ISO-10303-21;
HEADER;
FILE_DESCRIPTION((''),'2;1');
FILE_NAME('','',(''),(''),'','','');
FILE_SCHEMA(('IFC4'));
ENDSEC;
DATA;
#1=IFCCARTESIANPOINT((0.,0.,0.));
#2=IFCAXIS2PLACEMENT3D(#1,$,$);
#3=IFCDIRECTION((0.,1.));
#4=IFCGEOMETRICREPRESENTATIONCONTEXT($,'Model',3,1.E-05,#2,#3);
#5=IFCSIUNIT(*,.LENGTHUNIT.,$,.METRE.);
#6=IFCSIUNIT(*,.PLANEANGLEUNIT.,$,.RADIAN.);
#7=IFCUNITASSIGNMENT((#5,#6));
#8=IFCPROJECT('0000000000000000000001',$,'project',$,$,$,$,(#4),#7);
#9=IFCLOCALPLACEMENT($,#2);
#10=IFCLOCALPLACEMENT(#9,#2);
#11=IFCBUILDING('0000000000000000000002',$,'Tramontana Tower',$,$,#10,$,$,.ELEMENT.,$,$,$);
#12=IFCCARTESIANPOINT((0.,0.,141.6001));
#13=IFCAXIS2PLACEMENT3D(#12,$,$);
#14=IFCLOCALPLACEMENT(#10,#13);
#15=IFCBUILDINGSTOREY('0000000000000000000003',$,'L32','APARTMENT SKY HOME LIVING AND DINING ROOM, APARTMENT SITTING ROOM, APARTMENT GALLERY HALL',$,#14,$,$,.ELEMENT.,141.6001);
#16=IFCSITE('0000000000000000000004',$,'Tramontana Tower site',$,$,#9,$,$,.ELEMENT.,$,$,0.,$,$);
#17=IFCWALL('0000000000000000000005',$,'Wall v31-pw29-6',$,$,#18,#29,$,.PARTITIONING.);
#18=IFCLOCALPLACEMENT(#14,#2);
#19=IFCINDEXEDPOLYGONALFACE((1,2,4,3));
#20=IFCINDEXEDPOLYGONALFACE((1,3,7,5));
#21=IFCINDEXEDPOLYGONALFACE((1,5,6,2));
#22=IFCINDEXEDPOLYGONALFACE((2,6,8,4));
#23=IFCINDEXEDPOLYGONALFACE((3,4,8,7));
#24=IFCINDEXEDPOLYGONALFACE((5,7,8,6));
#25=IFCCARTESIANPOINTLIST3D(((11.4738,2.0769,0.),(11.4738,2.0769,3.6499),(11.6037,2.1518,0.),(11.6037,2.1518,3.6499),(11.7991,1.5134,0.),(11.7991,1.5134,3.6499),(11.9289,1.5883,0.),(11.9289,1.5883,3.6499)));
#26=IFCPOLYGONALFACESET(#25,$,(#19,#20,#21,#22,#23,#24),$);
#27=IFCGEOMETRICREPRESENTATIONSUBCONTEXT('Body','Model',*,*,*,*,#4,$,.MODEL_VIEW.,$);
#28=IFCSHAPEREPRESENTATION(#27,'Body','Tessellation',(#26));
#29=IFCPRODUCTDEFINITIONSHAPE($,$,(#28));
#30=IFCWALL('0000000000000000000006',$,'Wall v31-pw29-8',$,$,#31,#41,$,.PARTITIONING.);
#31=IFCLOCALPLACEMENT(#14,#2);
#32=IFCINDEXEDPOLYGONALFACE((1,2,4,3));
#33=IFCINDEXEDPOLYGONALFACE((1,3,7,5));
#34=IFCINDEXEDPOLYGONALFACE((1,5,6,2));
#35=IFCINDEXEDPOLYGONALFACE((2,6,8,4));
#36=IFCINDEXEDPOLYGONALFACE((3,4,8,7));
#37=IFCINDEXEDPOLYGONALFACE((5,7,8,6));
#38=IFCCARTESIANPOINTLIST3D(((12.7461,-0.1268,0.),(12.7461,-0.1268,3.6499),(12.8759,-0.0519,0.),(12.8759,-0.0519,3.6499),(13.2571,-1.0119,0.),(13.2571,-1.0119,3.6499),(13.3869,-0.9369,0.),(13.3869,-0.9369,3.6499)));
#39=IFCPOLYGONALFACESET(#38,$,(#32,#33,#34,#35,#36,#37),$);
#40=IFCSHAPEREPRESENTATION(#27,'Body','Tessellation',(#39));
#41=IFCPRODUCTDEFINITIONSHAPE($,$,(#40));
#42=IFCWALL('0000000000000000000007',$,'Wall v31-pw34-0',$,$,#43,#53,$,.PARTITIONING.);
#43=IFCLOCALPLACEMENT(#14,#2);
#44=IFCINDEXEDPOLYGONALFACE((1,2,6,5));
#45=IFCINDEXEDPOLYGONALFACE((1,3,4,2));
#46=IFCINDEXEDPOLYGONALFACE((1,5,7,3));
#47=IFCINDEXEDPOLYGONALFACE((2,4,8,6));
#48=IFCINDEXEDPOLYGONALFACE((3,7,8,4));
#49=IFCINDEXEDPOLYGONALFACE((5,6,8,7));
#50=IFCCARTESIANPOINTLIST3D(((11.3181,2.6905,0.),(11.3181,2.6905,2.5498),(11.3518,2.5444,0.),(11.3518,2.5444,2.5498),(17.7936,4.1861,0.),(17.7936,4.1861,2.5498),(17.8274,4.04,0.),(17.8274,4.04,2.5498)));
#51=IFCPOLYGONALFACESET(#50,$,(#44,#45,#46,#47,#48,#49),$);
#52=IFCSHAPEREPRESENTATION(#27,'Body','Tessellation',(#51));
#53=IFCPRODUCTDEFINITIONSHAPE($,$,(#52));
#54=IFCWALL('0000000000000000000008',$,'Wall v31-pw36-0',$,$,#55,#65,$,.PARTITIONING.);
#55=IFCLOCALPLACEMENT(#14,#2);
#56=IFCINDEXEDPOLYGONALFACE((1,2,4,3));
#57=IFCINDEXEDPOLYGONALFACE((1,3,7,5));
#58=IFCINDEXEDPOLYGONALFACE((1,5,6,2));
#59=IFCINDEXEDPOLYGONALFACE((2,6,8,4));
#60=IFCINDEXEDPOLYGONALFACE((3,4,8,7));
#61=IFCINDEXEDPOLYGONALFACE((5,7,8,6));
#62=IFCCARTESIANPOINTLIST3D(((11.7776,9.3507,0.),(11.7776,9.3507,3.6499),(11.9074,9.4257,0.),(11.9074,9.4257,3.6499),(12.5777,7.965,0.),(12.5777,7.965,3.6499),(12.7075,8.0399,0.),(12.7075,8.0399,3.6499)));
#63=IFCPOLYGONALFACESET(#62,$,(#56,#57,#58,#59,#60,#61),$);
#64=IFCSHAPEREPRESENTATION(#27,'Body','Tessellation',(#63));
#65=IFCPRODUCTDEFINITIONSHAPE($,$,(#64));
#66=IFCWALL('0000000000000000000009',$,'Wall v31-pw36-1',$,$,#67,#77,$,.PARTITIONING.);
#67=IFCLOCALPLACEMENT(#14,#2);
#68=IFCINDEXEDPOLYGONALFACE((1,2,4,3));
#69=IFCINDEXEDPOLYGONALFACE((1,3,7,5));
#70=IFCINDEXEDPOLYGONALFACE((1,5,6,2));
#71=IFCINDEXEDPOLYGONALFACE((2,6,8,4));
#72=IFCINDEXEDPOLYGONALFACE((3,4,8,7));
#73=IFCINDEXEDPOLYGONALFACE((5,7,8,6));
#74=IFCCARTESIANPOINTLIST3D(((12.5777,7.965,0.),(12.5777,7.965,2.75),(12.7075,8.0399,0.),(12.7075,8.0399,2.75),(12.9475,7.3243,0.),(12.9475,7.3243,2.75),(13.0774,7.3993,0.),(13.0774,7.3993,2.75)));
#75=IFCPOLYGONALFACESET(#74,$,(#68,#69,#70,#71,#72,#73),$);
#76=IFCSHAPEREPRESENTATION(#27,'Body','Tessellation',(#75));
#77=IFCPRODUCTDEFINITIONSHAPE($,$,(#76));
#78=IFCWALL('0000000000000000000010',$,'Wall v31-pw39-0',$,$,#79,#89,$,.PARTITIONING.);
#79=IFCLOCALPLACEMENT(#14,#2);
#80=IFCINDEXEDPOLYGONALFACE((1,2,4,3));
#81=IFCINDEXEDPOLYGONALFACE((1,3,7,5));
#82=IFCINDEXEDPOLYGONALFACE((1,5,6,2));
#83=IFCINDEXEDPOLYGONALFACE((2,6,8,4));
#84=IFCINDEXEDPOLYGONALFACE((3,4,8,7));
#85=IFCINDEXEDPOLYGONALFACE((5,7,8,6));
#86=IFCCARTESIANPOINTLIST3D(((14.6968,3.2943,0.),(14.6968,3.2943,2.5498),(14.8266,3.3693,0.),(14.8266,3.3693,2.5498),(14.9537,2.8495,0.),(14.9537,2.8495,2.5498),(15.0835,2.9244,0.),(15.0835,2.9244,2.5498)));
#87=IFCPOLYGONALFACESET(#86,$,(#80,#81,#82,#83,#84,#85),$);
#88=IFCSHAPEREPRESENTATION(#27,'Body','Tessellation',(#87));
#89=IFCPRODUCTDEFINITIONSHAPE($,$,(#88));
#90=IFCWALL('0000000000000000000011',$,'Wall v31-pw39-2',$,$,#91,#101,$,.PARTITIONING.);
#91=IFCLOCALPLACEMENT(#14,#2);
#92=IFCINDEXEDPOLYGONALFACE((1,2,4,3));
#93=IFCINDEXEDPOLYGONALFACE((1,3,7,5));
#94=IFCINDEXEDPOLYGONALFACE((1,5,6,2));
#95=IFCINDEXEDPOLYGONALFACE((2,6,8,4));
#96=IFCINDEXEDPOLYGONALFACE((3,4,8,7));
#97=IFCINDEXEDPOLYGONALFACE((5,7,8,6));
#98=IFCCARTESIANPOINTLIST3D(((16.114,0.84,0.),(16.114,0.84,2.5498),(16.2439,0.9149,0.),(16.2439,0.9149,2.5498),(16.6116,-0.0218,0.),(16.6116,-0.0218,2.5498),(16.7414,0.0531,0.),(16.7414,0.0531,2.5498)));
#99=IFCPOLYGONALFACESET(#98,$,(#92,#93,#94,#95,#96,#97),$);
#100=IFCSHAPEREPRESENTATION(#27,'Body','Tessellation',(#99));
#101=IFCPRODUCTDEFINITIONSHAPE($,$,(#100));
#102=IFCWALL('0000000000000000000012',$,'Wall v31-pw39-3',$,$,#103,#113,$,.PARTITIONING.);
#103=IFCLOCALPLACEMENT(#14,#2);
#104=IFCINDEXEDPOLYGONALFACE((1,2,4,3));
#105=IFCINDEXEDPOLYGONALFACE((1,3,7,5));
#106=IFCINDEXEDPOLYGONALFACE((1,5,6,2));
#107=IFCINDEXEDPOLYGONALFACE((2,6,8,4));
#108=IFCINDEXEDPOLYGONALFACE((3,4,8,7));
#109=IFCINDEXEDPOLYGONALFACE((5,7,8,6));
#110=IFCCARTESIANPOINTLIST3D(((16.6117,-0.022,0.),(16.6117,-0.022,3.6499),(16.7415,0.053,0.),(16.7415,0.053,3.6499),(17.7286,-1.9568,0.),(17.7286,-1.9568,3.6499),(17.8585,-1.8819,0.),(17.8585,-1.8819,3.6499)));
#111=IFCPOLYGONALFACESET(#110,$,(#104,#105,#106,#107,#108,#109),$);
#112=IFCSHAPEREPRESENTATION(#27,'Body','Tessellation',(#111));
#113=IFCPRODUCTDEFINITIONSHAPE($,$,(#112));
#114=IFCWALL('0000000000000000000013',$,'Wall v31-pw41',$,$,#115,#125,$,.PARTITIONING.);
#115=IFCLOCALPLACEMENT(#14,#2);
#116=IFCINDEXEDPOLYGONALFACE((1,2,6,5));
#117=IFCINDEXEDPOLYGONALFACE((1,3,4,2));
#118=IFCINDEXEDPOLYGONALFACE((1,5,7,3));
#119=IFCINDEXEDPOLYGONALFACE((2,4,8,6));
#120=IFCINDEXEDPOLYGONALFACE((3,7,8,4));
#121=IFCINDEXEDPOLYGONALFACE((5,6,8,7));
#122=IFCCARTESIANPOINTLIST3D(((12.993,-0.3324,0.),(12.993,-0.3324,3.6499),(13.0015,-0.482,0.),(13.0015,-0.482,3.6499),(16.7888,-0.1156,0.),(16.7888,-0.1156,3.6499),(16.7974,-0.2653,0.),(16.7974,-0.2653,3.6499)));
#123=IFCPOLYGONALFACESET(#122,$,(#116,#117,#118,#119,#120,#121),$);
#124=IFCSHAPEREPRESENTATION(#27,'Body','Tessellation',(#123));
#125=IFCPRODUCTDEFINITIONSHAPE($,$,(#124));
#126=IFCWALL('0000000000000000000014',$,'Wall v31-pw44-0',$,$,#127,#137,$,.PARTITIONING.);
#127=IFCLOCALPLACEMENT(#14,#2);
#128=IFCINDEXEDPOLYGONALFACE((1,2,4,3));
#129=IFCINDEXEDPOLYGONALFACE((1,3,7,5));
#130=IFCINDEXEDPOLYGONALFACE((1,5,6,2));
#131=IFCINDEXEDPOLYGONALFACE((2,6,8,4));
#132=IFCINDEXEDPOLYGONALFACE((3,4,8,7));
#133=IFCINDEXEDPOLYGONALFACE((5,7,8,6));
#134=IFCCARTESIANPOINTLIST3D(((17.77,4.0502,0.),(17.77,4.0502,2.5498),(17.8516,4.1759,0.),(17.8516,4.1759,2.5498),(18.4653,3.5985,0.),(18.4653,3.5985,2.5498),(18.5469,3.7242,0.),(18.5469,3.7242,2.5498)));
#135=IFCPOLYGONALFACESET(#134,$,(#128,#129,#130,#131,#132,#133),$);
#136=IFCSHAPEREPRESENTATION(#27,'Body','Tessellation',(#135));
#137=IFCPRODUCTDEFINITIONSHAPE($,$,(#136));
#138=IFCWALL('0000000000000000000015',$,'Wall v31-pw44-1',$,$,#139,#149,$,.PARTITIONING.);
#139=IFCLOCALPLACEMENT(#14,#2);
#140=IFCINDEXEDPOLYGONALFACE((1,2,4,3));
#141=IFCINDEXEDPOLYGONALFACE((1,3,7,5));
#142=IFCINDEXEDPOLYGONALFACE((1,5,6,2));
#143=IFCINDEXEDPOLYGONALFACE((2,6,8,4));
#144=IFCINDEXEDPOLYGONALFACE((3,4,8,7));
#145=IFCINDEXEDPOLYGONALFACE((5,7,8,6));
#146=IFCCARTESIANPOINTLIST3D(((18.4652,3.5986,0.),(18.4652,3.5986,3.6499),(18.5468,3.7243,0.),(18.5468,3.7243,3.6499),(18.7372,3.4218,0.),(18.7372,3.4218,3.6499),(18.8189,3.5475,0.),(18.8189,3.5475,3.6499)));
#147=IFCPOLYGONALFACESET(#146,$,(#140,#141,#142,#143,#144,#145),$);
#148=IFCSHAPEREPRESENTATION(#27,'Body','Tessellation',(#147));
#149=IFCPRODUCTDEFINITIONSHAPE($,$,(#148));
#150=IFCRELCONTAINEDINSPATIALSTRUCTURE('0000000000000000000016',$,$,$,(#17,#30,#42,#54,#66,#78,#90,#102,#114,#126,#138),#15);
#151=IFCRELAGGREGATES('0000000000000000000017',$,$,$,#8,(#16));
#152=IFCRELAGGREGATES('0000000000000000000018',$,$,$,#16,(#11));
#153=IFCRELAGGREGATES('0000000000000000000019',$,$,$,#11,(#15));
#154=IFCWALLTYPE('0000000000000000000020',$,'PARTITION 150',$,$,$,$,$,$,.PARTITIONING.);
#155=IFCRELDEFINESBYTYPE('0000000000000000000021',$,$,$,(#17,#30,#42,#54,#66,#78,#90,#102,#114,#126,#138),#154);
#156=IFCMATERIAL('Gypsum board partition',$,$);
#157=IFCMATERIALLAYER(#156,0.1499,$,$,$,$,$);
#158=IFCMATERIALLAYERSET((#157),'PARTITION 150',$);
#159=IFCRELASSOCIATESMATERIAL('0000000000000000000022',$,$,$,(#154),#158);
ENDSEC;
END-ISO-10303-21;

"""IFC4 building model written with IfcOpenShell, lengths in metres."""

from ifc_helpers import new_model, si_unit, direction, frame, frame_2d, origin, place, context, subcontext, project, spatial, rectangle, extrude, material, layer, layer_set, type_object, element, save


model = new_model("IFC4")

# Units and contexts
model_context = context("Model", 3, precision=1e-05, world=origin(), true_north=direction((0.0, 1.0)))
body_context = subcontext(model_context, "Body", "Model", "MODEL_VIEW")
ifc_project = project(units=[si_unit("LENGTHUNIT", "METRE"), si_unit("PLANEANGLEUNIT", "RADIAN")], contexts=[model_context])

# Site, building, storey
site_placement = place(None, origin())
site = spatial("IfcSite", under=ifc_project, at=site_placement, Name="Tramontana Tower site", CompositionType="ELEMENT", RefElevation=0.0)
building_placement = place(site_placement, origin())
building = spatial("IfcBuilding", under=site, at=building_placement, Name="Tramontana Tower", CompositionType="ELEMENT")
storey_placement = place(building_placement, frame((0.0, 0.0, 141.6001)))
storey = spatial("IfcBuildingStorey", under=building, at=storey_placement, Name="L32", Description="APARTMENT SKY HOME LIVING AND DINING ROOM, APARTMENT SITTING ROOM, APARTMENT GALLERY HALL", CompositionType="ELEMENT", Elevation=141.6001)

# Wall
ifc_material_1 = material(Name="Gypsum board partition")
ifc_layer_1 = layer(ifc_material_1, 0.1499)
ifc_layer_set_1 = layer_set([ifc_layer_1], Name="PARTITION 150")
wall_type_1 = type_object("IfcWallType", Name="PARTITION 150", PredefinedType="PARTITIONING", material=ifc_layer_set_1)
wall_1_placement = place(storey_placement, frame((11.5388, 2.1143, 0.0), z_axis=(0.0, 0.0, 1.0), x_axis=(0.499852, -0.866111, 0.0)))
element("IfcWall", 1, at=wall_1_placement, inside=storey, type_object=wall_type_1, Name="Wall v31-pw29-6", PredefinedType="PARTITIONING", context=body_context, shape_type="SweptSolid", body=[
    extrude(rectangle(XDim=0.6506, YDim=0.1499, at=frame_2d((0.3252, 0.0))), origin(), (0.0, 0.0, 1.0), 3.6499),
])

# Walls
wall_2_placement = place(storey_placement, frame((12.811, -0.0894, 0.0), z_axis=(0.0, 0.0, 1.0), x_axis=(0.500019, -0.866015, 0.0)))
element("IfcWall", 2, at=wall_2_placement, inside=storey, type_object=wall_type_1, Name="Wall v31-pw29-8", PredefinedType="PARTITIONING", context=body_context, shape_type="SweptSolid", body=[
    extrude(rectangle(XDim=1.022, YDim=0.1499, at=frame_2d((0.511, 0.0))), origin(), (0.0, 0.0, 1.0), 3.6499),
])
wall_3_placement = place(storey_placement, frame((11.335, 2.6174, 0.0), z_axis=(0.0, 0.0, 1.0), x_axis=(0.97435, 0.225037, 0.0)))
element("IfcWall", 3, at=wall_3_placement, inside=storey, type_object=wall_type_1, Name="Wall v31-pw34-0", PredefinedType="PARTITIONING", context=body_context, shape_type="SweptSolid", body=[
    extrude(rectangle(XDim=6.646, YDim=0.1499, at=frame_2d((3.323, 0.0))), origin(), (0.0, 0.0, 1.0), 2.5498),
])
wall_4_placement = place(storey_placement, frame((11.8425, 9.3882, 0.0), z_axis=(0.0, 0.0, 1.0), x_axis=(0.499995, -0.866028, 0.0)))
element("IfcWall", 4, at=wall_4_placement, inside=storey, type_object=wall_type_1, Name="Wall v31-pw36-0", PredefinedType="PARTITIONING", context=body_context, shape_type="SweptSolid", body=[
    extrude(rectangle(XDim=1.6001, YDim=0.1499, at=frame_2d((0.8, 0.0))), origin(), (0.0, 0.0, 1.0), 3.6499),
])
wall_5_placement = place(storey_placement, frame((12.6426, 8.0024, 0.0), z_axis=(0.0, 0.0, 1.0), x_axis=(0.500008, -0.866021, 0.0)))
element("IfcWall", 5, at=wall_5_placement, inside=storey, type_object=wall_type_1, Name="Wall v31-pw36-1", PredefinedType="PARTITIONING", context=body_context, shape_type="SweptSolid", body=[
    extrude(rectangle(XDim=0.7397, YDim=0.1499, at=frame_2d((0.3699, 0.0))), origin(), (0.0, 0.0, 1.0), 2.75),
])
wall_6_placement = place(storey_placement, frame((14.7617, 3.3318, 0.0), z_axis=(0.0, 0.0, 1.0), x_axis=(0.500024, -0.866011, 0.0)))
element("IfcWall", 6, at=wall_6_placement, inside=storey, type_object=wall_type_1, Name="Wall v31-pw39-0", PredefinedType="PARTITIONING", context=body_context, shape_type="SweptSolid", body=[
    extrude(rectangle(XDim=0.5137, YDim=0.1499, at=frame_2d((0.2568, 0.0))), origin(), (0.0, 0.0, 1.0), 2.5498),
])

# Walls
wall_7_placement = place(storey_placement, frame((16.179, 0.8774, 0.0), z_axis=(0.0, 0.0, 1.0), x_axis=(0.499991, -0.86603, 0.0)))
element("IfcWall", 7, at=wall_7_placement, inside=storey, type_object=wall_type_1, Name="Wall v31-pw39-2", PredefinedType="PARTITIONING", context=body_context, shape_type="SweptSolid", body=[
    extrude(rectangle(XDim=0.9951, YDim=0.1499, at=frame_2d((0.4976, 0.0))), origin(), (0.0, 0.0, 1.0), 2.5498),
])
wall_8_placement = place(storey_placement, frame((16.6765, 0.0156, 0.0), z_axis=(0.0, 0.0, 1.0), x_axis=(0.499959, -0.866049, 0.0)))
element("IfcWall", 8, at=wall_8_placement, inside=storey, type_object=wall_type_1, Name="Wall v31-pw39-3", PredefinedType="PARTITIONING", context=body_context, shape_type="SweptSolid", body=[
    extrude(rectangle(XDim=2.2341, YDim=0.1499, at=frame_2d((1.1172, 0.0))), origin(), (0.0, 0.0, 1.0), 3.6499),
])
wall_9_placement = place(storey_placement, frame((16.793, -0.1904, 0.0), z_axis=(0.0, 0.0, 1.0), x_axis=(-0.998373, -0.057021, 0.0)))
element("IfcWall", 9, at=wall_9_placement, inside=storey, type_object=wall_type_1, Name="Wall v31-pw41", PredefinedType="PARTITIONING", context=body_context, shape_type="SweptSolid", body=[
    extrude(rectangle(XDim=3.802, YDim=0.1499, at=frame_2d((1.9009, 0.0))), origin(), (0.0, 0.0, 1.0), 3.6499),
])
wall_10_placement = place(storey_placement, frame((17.8108, 4.113, 0.0), z_axis=(0.0, 0.0, 1.0), x_axis=(0.838605, -0.54474, 0.0)))
element("IfcWall", 10, at=wall_10_placement, inside=storey, type_object=wall_type_1, Name="Wall v31-pw44-0", PredefinedType="PARTITIONING", context=body_context, shape_type="SweptSolid", body=[
    extrude(rectangle(XDim=0.8291, YDim=0.1499, at=frame_2d((0.4146, 0.0))), origin(), (0.0, 0.0, 1.0), 2.5498),
])
wall_11_placement = place(storey_placement, frame((18.5061, 3.6614, 0.0), z_axis=(0.0, 0.0, 1.0), x_axis=(0.838478, -0.544935, 0.0)))
element("IfcWall", 11, at=wall_11_placement, inside=storey, type_object=wall_type_1, Name="Wall v31-pw44-1", PredefinedType="PARTITIONING", context=body_context, shape_type="SweptSolid", body=[
    extrude(rectangle(XDim=0.3245, YDim=0.1499, at=frame_2d((0.1621, 0.0))), origin(), (0.0, 0.0, 1.0), 3.6499),
])

save(model, "model.ifc")
